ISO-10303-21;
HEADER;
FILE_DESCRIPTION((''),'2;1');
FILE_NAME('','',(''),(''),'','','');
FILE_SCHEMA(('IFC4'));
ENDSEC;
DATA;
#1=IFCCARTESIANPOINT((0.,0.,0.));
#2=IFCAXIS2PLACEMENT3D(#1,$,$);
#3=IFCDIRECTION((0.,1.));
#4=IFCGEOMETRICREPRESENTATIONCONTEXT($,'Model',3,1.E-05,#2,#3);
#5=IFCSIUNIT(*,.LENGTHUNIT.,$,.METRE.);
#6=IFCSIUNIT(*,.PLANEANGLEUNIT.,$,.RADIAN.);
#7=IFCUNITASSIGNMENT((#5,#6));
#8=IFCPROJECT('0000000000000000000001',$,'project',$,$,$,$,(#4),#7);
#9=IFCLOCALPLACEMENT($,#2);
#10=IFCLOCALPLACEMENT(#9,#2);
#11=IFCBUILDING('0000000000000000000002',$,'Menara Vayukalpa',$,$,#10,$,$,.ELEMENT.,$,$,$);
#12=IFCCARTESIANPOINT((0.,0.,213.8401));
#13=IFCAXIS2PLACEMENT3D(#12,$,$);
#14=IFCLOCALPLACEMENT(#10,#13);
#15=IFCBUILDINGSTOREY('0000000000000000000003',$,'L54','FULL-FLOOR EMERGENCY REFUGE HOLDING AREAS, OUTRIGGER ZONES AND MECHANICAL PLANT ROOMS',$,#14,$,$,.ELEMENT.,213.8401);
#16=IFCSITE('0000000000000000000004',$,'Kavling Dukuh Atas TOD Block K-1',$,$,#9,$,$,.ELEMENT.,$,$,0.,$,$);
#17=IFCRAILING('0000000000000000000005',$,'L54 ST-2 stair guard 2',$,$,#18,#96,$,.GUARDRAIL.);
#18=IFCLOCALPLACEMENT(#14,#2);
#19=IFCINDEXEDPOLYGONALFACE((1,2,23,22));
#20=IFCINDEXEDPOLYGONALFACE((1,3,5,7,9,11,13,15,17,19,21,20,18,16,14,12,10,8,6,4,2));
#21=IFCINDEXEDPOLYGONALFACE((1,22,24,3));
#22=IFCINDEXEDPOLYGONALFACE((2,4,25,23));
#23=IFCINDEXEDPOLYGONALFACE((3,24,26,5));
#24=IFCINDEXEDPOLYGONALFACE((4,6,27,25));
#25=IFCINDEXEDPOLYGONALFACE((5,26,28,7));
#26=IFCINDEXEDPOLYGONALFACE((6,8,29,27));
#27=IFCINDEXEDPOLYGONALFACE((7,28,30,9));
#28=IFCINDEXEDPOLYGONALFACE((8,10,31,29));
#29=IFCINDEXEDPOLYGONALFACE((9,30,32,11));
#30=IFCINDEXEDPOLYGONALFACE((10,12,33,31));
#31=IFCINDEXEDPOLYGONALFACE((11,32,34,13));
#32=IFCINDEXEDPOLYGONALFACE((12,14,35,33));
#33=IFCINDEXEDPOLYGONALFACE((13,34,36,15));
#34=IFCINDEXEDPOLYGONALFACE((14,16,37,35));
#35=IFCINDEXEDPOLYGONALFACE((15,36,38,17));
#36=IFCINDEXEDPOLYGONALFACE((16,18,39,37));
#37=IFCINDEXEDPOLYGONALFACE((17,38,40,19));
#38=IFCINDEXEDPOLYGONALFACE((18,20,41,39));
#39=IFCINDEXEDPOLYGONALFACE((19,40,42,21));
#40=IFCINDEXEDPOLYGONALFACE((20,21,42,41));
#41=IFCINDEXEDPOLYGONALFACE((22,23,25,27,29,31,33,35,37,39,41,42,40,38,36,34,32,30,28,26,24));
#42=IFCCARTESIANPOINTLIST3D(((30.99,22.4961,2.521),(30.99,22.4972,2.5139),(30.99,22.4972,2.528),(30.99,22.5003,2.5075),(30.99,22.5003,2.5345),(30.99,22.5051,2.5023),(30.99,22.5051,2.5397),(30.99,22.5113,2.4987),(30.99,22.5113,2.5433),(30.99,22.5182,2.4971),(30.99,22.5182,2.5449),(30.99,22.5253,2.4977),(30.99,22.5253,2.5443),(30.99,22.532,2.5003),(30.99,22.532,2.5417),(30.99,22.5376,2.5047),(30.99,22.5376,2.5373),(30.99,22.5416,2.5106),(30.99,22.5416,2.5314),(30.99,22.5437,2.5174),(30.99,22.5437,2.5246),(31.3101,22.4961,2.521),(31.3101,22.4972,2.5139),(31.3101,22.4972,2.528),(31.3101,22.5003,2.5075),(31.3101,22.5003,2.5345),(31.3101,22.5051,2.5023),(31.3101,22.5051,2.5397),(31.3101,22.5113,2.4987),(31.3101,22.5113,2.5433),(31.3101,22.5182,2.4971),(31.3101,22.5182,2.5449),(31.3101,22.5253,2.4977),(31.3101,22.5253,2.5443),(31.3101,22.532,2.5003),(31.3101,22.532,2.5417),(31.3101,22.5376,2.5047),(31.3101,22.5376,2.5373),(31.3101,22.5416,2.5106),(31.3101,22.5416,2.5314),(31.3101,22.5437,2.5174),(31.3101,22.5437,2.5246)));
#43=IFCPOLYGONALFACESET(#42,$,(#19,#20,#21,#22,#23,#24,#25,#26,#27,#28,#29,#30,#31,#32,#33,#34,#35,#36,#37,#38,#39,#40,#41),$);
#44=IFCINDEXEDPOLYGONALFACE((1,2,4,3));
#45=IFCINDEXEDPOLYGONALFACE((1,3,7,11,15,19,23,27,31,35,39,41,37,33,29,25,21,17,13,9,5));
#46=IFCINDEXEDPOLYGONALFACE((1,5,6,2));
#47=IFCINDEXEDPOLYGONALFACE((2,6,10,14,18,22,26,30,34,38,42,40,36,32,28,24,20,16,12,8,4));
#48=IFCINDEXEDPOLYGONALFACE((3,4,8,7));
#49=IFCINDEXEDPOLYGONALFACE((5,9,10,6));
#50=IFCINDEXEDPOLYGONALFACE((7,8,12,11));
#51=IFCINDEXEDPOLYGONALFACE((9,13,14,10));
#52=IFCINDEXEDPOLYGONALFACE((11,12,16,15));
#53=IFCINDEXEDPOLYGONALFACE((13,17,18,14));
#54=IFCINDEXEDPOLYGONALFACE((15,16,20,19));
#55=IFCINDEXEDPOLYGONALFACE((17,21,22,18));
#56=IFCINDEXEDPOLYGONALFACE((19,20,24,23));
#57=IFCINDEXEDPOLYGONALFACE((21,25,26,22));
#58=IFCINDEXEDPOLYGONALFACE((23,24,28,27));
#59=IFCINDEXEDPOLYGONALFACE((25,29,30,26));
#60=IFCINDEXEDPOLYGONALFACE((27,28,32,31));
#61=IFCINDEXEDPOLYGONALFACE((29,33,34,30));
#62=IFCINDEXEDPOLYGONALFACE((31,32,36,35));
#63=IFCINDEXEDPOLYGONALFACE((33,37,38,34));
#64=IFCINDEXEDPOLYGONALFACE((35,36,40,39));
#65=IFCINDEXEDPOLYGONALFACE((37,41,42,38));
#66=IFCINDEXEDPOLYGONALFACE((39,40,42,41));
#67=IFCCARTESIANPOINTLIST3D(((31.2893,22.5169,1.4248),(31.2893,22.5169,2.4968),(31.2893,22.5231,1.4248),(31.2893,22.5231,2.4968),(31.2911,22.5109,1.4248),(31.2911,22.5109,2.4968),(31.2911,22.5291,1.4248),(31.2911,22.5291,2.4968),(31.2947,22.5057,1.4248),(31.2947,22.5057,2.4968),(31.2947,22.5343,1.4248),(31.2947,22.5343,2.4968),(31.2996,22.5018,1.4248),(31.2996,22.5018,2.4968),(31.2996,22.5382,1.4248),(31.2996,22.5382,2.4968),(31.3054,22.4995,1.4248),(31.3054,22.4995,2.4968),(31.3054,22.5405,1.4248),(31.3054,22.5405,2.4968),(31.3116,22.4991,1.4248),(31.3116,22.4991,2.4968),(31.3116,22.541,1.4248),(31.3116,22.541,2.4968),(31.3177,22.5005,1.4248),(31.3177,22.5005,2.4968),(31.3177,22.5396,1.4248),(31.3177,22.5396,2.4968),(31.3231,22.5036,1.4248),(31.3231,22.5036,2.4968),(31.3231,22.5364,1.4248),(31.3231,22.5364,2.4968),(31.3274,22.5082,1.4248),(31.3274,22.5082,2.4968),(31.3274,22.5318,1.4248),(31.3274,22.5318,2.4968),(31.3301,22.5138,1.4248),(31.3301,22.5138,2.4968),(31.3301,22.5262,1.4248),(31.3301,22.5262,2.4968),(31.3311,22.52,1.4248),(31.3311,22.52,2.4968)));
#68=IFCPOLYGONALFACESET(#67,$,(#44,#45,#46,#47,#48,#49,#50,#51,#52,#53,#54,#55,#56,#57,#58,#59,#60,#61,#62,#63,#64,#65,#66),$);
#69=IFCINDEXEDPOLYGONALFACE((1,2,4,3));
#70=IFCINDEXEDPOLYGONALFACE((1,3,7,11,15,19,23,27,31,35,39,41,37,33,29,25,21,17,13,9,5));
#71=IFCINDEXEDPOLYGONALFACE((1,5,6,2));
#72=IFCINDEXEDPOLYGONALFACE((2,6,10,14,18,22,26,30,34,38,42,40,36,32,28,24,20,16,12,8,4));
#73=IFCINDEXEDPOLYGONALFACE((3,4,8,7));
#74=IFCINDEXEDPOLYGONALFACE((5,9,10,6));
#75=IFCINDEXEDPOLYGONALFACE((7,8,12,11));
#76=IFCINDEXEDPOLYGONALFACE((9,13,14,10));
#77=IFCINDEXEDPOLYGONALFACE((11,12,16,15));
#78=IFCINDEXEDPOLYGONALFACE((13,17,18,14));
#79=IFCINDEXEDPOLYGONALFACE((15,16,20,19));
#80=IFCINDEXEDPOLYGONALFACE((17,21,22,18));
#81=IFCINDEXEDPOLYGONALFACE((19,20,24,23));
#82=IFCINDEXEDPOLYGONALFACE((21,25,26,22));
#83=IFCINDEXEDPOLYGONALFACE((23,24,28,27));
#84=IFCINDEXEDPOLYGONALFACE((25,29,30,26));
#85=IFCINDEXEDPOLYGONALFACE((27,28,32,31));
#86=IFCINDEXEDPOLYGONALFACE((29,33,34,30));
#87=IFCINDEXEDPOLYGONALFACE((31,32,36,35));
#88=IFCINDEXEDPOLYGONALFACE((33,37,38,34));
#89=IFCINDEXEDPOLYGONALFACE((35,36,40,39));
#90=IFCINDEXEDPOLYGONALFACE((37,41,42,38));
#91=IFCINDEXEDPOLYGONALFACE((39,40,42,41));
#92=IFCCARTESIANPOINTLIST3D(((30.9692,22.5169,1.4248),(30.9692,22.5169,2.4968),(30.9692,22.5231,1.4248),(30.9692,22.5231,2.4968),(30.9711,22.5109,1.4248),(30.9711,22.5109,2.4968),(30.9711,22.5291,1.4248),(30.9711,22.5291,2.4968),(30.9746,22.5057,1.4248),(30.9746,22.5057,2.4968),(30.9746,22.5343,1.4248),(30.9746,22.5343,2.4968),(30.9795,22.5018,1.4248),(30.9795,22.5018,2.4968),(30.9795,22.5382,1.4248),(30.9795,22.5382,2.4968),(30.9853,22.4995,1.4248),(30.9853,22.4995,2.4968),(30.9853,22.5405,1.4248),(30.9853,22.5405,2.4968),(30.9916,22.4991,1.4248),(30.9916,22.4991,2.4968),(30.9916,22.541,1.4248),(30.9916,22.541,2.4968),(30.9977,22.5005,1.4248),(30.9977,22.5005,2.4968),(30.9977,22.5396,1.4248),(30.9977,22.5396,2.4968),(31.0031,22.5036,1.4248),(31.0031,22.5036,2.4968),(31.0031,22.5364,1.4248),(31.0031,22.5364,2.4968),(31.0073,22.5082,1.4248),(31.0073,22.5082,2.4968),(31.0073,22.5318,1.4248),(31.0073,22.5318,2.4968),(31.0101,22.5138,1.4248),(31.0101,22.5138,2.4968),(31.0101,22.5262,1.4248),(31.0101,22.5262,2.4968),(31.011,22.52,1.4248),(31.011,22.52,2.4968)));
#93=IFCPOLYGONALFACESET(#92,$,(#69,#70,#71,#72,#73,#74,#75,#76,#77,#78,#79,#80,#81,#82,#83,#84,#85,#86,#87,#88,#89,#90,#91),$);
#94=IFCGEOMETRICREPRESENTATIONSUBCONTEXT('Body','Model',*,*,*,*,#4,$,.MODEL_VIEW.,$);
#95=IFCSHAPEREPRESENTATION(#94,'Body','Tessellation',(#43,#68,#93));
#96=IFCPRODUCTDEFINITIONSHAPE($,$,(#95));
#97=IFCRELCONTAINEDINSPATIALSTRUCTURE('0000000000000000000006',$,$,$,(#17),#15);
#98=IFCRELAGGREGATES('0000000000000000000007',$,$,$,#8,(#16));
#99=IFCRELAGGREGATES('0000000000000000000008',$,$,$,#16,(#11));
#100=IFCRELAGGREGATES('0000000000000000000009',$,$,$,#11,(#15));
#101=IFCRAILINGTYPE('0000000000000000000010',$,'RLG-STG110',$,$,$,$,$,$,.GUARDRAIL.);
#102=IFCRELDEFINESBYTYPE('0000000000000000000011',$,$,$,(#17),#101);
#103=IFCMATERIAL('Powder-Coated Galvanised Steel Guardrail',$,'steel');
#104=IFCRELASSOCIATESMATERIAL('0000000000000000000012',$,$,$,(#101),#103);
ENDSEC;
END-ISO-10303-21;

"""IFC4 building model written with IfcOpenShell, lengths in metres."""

from ifc_helpers import new_model, si_unit, direction, frame, origin, origin_2d, place, context, subcontext, project, spatial, circle, extrude, material, type_object, element, save


model = new_model("IFC4")

# Units and contexts
model_context = context("Model", 3, precision=1e-05, world=origin(), true_north=direction((0.0, 1.0)))
body_context = subcontext(model_context, "Body", "Model", "MODEL_VIEW")
ifc_project = project(units=[si_unit("LENGTHUNIT", "METRE"), si_unit("PLANEANGLEUNIT", "RADIAN")], contexts=[model_context])

# Site, building, storey
site_placement = place(None, origin())
site = spatial("IfcSite", under=ifc_project, at=site_placement, Name="Kavling Dukuh Atas TOD Block K-1", CompositionType="ELEMENT", RefElevation=0.0)
building_placement = place(site_placement, origin())
building = spatial("IfcBuilding", under=site, at=building_placement, Name="Menara Vayukalpa", CompositionType="ELEMENT")
storey_placement = place(building_placement, frame((0.0, 0.0, 213.8401)))
storey = spatial("IfcBuildingStorey", under=building, at=storey_placement, Name="L54", Description="FULL-FLOOR EMERGENCY REFUGE HOLDING AREAS, OUTRIGGER ZONES AND MECHANICAL PLANT ROOMS", CompositionType="ELEMENT", Elevation=213.8401)

# Railing
ifc_material_1 = material(Name="Powder-Coated Galvanised Steel Guardrail", Category="steel")
railing_type_1 = type_object("IfcRailingType", Name="RLG-STG110", PredefinedType="GUARDRAIL", material=ifc_material_1)
railing_1_placement = place(storey_placement, frame((31.3101, 22.52, 1.4248)))
element("IfcRailing", 1, at=railing_1_placement, inside=storey, type_object=railing_type_1, Name="L54 ST-2 stair guard 2", PredefinedType="GUARDRAIL", context=body_context, shape_type="SweptSolid", body=[
    extrude(circle(Radius=0.0239, at=origin_2d()), frame((0.0, 0.0, 1.0962), z_axis=(-1.0, 0.0, 0.0), x_axis=(0.0, -1.0, 0.0)), (0.0, 0.0, 1.0), 0.3201),
    extrude(circle(Radius=0.021, at=origin_2d()), origin(), (0.0, 0.0, 1.0), 1.072),
    extrude(circle(Radius=0.021, at=origin_2d()), frame((-0.3201, 0.0, 0.0)), (0.0, 0.0, 1.0), 1.072),
])

save(model, "model.ifc")
